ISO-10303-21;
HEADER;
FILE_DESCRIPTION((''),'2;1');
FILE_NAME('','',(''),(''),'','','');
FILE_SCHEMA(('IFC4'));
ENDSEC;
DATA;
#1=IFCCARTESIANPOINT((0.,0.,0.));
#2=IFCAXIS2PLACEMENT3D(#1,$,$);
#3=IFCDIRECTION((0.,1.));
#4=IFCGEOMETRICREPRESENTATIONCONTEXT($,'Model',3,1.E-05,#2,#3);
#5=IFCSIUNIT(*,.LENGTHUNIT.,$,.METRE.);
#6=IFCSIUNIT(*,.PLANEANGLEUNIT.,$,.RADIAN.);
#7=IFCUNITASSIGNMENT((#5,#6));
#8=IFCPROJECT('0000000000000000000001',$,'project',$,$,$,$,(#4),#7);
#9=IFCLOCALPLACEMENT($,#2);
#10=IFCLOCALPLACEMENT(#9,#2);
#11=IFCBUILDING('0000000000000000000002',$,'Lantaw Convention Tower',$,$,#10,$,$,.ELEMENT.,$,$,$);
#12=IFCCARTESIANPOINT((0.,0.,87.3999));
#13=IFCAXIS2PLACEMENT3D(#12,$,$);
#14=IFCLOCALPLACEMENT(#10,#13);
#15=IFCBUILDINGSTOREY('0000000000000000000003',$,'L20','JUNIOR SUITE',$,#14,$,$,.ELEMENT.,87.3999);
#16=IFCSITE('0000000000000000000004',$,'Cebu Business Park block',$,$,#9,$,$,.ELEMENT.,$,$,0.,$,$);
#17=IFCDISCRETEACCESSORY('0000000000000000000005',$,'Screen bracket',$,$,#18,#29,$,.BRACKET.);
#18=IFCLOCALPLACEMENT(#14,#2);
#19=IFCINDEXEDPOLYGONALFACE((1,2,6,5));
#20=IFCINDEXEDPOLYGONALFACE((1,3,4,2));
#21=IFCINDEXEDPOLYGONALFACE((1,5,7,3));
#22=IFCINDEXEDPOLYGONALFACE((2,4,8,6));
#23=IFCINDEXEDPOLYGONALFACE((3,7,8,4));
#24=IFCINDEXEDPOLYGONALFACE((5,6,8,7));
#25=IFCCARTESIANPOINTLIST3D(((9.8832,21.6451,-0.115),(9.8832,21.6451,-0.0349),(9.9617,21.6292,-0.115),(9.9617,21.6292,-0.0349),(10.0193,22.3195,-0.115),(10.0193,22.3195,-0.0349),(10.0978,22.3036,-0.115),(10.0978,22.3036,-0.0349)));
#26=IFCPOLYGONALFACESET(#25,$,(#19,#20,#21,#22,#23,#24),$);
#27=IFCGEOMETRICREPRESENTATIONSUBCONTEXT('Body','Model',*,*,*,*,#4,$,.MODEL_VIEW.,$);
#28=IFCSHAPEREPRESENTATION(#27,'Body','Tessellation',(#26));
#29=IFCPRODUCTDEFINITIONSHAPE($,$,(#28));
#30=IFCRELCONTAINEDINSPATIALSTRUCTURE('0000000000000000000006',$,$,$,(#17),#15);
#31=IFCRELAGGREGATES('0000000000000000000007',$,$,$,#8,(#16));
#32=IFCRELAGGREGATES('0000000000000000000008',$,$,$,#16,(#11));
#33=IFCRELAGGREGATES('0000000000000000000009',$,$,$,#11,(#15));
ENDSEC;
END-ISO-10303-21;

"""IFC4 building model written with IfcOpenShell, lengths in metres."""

from ifc_helpers import new_model, si_unit, direction, frame, origin, origin_2d, place, context, subcontext, project, spatial, rectangle, extrude, element, save


model = new_model("IFC4")

# Units and contexts
model_context = context("Model", 3, precision=1e-05, world=origin(), true_north=direction((0.0, 1.0)))
body_context = subcontext(model_context, "Body", "Model", "MODEL_VIEW")
ifc_project = project(units=[si_unit("LENGTHUNIT", "METRE"), si_unit("PLANEANGLEUNIT", "RADIAN")], contexts=[model_context])

# Site, building, storey
site_placement = place(None, origin())
site = spatial("IfcSite", under=ifc_project, at=site_placement, Name="Cebu Business Park block", CompositionType="ELEMENT", RefElevation=0.0)
building_placement = place(site_placement, origin())
building = spatial("IfcBuilding", under=site, at=building_placement, Name="Lantaw Convention Tower", CompositionType="ELEMENT")
storey_placement = place(building_placement, frame((0.0, 0.0, 87.3999)))
storey = spatial("IfcBuildingStorey", under=building, at=storey_placement, Name="L20", Description="JUNIOR SUITE", CompositionType="ELEMENT", Elevation=87.3999)

# Discrete accessory
discrete_accessory_placement = place(storey_placement, frame((9.9905, 21.9744, -0.115), z_axis=(0.0, 0.0, 1.0), x_axis=(-0.980245, 0.197789, 0.0)))
element("IfcDiscreteAccessory", 1, at=discrete_accessory_placement, inside=storey, Name="Screen bracket", PredefinedType="BRACKET", context=body_context, shape_type="SweptSolid", body=[
    extrude(rectangle(XDim=0.0801, YDim=0.688, at=origin_2d()), origin(), (0.0, 0.0, 1.0), 0.0801),
])

save(model, "model.ifc")
